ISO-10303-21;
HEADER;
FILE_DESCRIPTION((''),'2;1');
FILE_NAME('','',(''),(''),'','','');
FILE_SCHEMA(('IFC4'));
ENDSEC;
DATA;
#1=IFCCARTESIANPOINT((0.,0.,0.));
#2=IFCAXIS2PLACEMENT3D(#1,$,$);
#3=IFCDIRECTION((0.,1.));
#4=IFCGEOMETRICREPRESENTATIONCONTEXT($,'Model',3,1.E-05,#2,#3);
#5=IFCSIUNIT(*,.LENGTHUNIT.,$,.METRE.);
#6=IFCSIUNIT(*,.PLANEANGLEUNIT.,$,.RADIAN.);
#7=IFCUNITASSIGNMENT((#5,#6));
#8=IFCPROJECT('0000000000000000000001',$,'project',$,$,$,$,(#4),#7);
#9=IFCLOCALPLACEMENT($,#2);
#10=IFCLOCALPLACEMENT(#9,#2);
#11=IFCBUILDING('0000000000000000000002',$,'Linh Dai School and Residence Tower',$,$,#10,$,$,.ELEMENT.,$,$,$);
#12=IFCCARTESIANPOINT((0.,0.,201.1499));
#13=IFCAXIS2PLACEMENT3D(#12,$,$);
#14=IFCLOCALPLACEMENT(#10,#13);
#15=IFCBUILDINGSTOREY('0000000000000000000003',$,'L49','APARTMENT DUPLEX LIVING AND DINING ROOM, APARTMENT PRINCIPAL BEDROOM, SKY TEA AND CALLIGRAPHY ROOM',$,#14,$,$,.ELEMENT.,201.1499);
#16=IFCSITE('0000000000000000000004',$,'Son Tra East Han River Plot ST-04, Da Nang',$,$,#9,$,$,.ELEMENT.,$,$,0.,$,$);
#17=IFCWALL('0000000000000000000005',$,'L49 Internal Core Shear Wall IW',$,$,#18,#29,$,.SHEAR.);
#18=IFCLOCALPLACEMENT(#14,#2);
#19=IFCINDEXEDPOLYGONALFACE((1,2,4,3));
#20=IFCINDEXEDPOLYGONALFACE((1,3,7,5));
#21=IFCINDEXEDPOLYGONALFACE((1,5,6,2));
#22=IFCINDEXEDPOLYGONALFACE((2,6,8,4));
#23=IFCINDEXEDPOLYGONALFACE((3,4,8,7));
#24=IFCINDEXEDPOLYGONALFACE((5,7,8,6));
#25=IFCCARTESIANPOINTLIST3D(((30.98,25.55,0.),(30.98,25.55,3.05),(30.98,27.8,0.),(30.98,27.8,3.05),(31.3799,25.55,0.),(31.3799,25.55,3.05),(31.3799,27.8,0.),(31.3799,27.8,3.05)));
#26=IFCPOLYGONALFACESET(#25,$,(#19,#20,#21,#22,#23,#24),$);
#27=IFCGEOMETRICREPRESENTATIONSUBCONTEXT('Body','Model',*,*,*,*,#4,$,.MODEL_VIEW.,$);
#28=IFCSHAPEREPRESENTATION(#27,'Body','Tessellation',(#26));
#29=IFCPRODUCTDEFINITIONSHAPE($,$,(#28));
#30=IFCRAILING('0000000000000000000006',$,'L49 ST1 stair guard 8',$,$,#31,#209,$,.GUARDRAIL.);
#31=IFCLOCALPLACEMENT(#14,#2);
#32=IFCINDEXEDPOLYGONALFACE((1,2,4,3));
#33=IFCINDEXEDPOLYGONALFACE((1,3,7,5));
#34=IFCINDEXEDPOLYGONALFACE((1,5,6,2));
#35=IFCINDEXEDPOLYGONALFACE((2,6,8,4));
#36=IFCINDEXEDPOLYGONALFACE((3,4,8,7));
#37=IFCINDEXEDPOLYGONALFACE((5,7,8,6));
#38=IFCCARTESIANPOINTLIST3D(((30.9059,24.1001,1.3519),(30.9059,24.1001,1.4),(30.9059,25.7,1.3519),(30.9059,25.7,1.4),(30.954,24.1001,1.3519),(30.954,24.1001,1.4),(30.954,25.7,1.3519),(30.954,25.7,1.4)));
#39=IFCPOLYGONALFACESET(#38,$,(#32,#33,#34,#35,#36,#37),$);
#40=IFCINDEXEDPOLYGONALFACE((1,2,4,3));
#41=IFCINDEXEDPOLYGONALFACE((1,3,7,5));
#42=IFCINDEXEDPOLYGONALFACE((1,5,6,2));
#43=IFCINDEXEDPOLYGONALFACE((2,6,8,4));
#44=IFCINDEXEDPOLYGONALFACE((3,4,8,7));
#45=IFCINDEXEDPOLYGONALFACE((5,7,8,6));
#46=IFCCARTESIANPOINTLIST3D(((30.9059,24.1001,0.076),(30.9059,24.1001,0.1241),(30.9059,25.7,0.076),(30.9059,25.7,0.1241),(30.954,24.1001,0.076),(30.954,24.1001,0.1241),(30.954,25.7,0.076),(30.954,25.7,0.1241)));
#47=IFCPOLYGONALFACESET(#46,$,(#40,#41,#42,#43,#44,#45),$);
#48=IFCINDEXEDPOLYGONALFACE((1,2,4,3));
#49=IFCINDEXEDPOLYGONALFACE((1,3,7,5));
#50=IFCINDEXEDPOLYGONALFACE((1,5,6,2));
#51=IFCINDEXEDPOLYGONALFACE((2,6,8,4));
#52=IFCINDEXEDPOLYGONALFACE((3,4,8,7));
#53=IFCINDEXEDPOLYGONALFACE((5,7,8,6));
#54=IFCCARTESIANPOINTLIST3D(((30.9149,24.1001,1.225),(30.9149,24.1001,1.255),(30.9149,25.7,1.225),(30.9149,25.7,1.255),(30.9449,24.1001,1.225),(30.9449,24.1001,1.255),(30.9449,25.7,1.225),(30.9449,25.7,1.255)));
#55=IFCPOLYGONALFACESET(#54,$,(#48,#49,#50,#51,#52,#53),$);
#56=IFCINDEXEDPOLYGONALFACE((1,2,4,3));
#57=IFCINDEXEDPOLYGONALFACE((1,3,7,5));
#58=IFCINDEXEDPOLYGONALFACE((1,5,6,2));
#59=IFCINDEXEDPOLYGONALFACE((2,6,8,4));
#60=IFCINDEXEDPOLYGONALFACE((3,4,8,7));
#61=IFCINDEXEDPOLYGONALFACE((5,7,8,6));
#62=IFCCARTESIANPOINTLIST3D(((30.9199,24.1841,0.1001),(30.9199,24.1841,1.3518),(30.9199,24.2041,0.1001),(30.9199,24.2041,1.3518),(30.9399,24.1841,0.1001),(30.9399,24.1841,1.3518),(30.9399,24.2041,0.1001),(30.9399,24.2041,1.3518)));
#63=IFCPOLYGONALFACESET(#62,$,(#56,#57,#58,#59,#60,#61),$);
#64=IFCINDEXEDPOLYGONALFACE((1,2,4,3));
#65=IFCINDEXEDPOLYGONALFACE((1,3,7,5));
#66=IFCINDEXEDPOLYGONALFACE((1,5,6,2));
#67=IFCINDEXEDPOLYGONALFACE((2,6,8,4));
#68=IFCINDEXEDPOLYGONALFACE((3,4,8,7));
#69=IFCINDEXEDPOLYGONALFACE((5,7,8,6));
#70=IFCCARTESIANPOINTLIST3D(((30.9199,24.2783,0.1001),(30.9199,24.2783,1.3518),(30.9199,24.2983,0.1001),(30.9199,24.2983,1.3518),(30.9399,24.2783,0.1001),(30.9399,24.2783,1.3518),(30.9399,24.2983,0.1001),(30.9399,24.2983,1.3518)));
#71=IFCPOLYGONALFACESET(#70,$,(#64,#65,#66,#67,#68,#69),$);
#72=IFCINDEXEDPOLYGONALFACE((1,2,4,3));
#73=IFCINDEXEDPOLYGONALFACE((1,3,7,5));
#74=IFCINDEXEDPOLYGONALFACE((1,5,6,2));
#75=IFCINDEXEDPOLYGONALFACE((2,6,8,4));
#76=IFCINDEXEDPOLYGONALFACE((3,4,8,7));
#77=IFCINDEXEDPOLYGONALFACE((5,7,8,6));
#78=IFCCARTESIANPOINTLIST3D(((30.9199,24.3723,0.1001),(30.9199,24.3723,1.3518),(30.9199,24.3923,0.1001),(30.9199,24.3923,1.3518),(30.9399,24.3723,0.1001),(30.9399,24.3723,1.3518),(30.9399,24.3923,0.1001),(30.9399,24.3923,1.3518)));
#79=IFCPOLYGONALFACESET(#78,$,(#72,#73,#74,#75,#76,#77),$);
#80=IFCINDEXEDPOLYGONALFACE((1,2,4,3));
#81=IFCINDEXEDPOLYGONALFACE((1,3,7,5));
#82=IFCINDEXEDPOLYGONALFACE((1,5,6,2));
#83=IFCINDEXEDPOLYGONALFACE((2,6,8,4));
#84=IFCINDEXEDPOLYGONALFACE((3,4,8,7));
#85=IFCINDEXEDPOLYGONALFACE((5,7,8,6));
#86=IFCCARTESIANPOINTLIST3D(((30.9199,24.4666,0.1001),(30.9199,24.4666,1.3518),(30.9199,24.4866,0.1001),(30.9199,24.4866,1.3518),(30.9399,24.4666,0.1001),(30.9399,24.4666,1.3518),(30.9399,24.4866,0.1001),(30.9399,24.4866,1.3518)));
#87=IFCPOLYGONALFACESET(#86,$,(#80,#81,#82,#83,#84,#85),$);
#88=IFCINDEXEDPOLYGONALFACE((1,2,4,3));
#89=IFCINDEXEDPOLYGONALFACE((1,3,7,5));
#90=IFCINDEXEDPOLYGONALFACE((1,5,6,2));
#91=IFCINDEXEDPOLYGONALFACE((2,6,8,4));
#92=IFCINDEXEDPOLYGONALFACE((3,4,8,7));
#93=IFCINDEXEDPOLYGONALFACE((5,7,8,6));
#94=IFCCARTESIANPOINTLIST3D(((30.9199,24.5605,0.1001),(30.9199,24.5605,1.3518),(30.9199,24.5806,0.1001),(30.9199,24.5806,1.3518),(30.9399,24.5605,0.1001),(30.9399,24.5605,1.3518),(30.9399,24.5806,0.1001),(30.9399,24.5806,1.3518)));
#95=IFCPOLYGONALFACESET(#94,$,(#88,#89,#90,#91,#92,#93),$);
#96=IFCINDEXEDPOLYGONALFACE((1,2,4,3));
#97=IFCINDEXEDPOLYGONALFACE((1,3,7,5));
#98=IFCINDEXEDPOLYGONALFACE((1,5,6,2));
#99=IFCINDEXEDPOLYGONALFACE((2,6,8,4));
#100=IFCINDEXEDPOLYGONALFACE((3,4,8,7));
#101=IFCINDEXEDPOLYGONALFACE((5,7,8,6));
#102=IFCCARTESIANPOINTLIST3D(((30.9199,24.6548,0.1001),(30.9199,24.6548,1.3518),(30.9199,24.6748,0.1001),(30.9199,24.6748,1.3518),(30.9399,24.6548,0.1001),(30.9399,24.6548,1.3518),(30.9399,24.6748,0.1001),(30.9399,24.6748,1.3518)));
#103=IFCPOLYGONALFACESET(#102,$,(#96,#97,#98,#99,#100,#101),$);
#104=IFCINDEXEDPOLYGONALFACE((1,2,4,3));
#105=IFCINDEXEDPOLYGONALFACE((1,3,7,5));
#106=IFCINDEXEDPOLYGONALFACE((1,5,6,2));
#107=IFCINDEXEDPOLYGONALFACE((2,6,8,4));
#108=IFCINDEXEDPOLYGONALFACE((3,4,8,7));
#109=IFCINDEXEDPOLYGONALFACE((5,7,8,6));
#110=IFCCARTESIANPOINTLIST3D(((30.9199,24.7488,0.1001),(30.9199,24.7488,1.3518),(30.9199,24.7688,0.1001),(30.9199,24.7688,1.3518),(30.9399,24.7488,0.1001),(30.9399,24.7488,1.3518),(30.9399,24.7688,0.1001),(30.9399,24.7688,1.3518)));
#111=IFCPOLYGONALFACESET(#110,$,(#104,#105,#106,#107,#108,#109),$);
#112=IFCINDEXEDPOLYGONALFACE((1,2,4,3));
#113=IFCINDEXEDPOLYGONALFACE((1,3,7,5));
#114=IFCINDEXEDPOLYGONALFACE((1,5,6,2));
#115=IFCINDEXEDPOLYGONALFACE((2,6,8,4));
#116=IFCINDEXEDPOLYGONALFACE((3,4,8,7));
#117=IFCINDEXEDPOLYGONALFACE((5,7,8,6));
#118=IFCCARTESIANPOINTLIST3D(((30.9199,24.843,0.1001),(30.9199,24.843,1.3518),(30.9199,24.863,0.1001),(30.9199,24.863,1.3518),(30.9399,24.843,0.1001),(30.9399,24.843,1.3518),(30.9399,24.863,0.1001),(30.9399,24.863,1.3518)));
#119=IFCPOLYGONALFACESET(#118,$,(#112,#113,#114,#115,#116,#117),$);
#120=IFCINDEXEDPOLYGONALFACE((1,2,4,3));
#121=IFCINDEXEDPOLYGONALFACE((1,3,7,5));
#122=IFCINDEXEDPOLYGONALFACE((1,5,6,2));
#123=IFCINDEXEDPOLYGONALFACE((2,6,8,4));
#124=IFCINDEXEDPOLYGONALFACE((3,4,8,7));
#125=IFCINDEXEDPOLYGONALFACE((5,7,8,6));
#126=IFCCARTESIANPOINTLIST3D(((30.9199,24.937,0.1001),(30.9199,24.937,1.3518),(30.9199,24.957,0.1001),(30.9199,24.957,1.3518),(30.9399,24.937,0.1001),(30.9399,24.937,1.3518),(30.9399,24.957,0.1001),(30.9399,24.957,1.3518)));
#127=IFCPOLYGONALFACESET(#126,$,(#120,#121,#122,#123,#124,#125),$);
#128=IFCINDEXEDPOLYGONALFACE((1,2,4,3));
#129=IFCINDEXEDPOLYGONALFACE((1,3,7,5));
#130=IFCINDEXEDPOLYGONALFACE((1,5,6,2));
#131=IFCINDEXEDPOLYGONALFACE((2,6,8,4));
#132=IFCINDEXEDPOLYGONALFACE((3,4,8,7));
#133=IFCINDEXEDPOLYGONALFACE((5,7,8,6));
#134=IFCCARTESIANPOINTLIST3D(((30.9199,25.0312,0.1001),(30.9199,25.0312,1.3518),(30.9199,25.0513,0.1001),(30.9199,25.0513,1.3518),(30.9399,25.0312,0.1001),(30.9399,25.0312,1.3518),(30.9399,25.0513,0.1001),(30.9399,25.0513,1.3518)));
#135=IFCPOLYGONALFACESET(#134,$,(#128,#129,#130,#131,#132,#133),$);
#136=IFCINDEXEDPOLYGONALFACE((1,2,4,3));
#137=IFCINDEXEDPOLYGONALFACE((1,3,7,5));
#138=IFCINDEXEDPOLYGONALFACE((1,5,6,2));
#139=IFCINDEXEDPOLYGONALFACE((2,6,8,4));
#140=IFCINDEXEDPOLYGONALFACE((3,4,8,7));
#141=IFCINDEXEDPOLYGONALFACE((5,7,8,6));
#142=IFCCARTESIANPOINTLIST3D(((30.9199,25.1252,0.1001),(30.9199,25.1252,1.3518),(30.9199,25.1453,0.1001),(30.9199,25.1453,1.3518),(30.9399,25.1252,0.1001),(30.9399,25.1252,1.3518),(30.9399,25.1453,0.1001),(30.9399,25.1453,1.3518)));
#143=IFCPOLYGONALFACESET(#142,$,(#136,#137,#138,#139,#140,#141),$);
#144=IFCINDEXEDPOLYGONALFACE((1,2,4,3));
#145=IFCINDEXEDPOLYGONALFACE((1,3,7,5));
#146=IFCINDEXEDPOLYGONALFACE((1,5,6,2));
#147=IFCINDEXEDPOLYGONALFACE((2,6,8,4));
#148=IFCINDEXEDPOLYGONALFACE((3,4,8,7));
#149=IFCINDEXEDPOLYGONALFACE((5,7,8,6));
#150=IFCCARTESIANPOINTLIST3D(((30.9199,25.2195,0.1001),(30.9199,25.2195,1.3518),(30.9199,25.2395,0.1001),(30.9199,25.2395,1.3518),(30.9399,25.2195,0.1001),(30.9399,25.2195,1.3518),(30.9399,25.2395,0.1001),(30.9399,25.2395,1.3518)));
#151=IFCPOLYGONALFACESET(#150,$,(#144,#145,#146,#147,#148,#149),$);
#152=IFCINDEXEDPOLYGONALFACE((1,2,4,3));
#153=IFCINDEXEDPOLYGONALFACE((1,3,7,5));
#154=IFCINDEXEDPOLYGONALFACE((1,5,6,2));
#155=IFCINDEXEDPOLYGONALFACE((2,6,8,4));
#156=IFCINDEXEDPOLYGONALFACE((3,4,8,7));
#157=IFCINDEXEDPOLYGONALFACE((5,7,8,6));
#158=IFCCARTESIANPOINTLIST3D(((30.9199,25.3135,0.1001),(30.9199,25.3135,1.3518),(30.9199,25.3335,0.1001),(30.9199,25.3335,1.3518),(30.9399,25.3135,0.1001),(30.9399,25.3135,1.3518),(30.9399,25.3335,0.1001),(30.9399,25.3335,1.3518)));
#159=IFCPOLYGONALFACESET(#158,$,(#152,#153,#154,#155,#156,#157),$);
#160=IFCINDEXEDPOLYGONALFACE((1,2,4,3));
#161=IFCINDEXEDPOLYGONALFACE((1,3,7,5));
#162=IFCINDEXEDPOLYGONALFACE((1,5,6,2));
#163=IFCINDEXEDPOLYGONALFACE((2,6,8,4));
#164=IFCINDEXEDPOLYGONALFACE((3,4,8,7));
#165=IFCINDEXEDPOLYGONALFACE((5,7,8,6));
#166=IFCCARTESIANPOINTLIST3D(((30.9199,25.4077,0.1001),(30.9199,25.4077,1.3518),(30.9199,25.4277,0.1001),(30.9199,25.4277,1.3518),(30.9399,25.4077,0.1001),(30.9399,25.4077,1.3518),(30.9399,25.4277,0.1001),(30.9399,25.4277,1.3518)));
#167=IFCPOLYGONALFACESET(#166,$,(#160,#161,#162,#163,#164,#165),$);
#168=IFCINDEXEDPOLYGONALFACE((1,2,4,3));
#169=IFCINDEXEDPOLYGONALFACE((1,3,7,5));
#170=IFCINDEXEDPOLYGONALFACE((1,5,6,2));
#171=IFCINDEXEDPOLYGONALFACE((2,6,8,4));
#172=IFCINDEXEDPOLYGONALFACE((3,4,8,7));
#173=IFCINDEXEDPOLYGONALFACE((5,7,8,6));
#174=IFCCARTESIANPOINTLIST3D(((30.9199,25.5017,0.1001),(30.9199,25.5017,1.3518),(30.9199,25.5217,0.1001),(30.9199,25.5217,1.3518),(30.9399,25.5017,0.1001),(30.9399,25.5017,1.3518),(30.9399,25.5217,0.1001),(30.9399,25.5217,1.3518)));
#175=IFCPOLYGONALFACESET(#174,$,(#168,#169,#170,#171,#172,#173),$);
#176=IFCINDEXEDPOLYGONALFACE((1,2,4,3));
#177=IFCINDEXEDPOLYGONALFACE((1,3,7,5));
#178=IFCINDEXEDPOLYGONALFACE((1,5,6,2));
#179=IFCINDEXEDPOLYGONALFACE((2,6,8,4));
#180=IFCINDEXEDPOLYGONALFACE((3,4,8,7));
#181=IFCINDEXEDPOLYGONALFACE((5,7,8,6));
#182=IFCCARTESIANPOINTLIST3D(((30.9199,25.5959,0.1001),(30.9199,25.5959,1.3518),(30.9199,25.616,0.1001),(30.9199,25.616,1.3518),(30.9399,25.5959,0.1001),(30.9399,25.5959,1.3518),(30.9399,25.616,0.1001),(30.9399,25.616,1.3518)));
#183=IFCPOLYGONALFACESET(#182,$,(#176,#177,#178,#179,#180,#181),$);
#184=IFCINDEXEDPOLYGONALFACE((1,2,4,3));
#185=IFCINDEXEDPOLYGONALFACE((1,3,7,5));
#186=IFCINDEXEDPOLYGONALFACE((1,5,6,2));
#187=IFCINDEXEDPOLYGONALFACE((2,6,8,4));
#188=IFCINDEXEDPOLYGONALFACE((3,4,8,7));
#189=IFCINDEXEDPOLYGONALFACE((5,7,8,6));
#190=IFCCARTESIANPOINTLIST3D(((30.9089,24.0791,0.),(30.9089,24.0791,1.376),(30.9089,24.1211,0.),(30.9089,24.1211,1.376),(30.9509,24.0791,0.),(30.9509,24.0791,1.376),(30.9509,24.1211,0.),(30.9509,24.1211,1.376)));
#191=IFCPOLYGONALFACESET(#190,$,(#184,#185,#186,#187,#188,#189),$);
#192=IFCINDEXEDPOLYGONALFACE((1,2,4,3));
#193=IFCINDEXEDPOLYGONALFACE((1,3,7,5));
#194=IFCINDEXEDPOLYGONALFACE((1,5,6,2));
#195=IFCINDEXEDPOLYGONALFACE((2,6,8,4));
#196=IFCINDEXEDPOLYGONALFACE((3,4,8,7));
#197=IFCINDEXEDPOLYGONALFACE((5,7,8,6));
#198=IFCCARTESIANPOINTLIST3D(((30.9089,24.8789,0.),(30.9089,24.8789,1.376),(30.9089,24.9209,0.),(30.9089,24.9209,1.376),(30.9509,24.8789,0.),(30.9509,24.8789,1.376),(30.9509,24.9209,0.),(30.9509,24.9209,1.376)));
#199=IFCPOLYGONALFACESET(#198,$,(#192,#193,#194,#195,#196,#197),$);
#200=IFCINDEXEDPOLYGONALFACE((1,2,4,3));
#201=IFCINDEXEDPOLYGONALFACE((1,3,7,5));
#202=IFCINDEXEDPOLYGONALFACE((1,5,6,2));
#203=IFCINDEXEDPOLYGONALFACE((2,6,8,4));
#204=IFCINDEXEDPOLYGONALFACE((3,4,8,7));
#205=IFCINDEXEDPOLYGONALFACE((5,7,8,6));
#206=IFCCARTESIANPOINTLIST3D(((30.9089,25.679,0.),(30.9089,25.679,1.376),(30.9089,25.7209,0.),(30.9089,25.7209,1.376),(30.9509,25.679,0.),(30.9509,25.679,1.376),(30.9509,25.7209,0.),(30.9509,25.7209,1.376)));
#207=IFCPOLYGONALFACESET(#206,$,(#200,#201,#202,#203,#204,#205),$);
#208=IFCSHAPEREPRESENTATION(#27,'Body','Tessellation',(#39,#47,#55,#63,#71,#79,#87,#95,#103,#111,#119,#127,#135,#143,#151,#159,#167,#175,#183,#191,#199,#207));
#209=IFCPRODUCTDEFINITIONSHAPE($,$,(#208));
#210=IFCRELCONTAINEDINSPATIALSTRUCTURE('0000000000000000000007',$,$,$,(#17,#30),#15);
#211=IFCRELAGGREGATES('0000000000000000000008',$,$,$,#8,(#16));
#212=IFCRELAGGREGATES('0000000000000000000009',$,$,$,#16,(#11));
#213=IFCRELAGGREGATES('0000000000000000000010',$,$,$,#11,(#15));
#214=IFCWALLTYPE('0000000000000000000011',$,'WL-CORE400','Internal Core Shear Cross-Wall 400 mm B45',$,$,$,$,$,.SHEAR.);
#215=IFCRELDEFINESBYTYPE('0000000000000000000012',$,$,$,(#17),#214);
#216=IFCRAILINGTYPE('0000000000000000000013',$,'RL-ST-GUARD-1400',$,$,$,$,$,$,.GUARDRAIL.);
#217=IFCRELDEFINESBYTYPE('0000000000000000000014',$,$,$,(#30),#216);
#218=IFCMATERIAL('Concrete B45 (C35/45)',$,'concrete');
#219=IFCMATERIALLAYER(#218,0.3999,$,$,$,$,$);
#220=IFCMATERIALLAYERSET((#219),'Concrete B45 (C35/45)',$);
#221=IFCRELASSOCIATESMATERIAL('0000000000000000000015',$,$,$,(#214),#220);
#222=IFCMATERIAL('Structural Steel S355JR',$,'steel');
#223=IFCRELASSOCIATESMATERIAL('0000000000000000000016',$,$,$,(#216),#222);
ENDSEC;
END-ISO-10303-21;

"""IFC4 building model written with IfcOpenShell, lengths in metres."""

from ifc_helpers import new_model, si_unit, direction, frame, frame_2d, origin, origin_2d, place, context, subcontext, project, spatial, rectangle, extrude, source, transform, mapped, material, layer, layer_set, type_object, element, save


model = new_model("IFC4")

# Units and contexts
model_context = context("Model", 3, precision=1e-05, world=origin(), true_north=direction((0.0, 1.0)))
body_context = subcontext(model_context, "Body", "Model", "MODEL_VIEW")
ifc_project = project(units=[si_unit("LENGTHUNIT", "METRE"), si_unit("PLANEANGLEUNIT", "RADIAN")], contexts=[model_context])

# Site, building, storey
site_placement = place(None, origin())
site = spatial("IfcSite", under=ifc_project, at=site_placement, Name="Son Tra East Han River Plot ST-04, Da Nang", CompositionType="ELEMENT", RefElevation=0.0)
building_placement = place(site_placement, origin())
building = spatial("IfcBuilding", under=site, at=building_placement, Name="Linh Dai School and Residence Tower", CompositionType="ELEMENT")
storey_placement = place(building_placement, frame((0.0, 0.0, 201.1499)))
storey = spatial("IfcBuildingStorey", under=building, at=storey_placement, Name="L49", Description="APARTMENT DUPLEX LIVING AND DINING ROOM, APARTMENT PRINCIPAL BEDROOM, SKY TEA AND CALLIGRAPHY ROOM", CompositionType="ELEMENT", Elevation=201.1499)

# Shared definitions
ifc_material_1 = material(Name="Structural Steel S355JR", Category="steel")

# Shared definitions
ifc_material_2 = material(Name="Concrete B45 (C35/45)", Category="concrete")

# Wall
ifc_layer_1 = layer(ifc_material_2, 0.3999)
ifc_layer_set_1 = layer_set([ifc_layer_1], Name="Concrete B45 (C35/45)")
wall_type_1 = type_object("IfcWallType", Name="WL-CORE400", Description="Internal Core Shear Cross-Wall 400 mm B45", PredefinedType="SHEAR", material=ifc_layer_set_1)
wall_1_placement = place(storey_placement, frame((31.1799, 25.55, 0.0), z_axis=(0.0, 0.0, 1.0), x_axis=(0.0, 1.0, 0.0)))
element("IfcWall", 1, at=wall_1_placement, inside=storey, type_object=wall_type_1, Name="L49 Internal Core Shear Wall IW", PredefinedType="SHEAR", context=body_context, shape_type="SweptSolid", body=[
    extrude(rectangle(XDim=2.25, YDim=0.3999, at=frame_2d((1.125, 0.0))), origin(), (0.0, 0.0, 1.0), 3.05),
])

# Railing
railing_type = type_object("IfcRailingType", Name="RL-ST-GUARD-1400", PredefinedType="GUARDRAIL", material=ifc_material_1)
shared_shape_1 = source(origin(), body_context, "Body", "SweptSolid", [
    extrude(rectangle(XDim=0.0481, YDim=0.0481, at=origin_2d()), frame((0.0, 0.0, 1.376), z_axis=(0.0, 1.0, 0.0), x_axis=(-1.0, 0.0, 0.0)), (0.0, 0.0, 1.0), 1.5999),
    extrude(rectangle(XDim=0.0481, YDim=0.0481, at=origin_2d()), frame((0.0, 0.0, 0.1001), z_axis=(0.0, 1.0, 0.0), x_axis=(-1.0, 0.0, 0.0)), (0.0, 0.0, 1.0), 1.5999),
    extrude(rectangle(XDim=0.03, YDim=0.03, at=origin_2d()), frame((0.0, 0.0, 1.24), z_axis=(0.0, 1.0, 0.0), x_axis=(-1.0, 0.0, 0.0)), (0.0, 0.0, 1.0), 1.5999),
    extrude(rectangle(XDim=0.02, YDim=0.02, at=origin_2d()), frame((0.0, 0.094, 0.1001)), (0.0, 0.0, 1.0), 1.2517),
    extrude(rectangle(XDim=0.02, YDim=0.02, at=origin_2d()), frame((0.0, 0.1882, 0.1001)), (0.0, 0.0, 1.0), 1.2517),
    extrude(rectangle(XDim=0.02, YDim=0.02, at=origin_2d()), frame((0.0, 0.2822, 0.1001)), (0.0, 0.0, 1.0), 1.2517),
    extrude(rectangle(XDim=0.02, YDim=0.02, at=origin_2d()), frame((0.0, 0.3765, 0.1001)), (0.0, 0.0, 1.0), 1.2517),
    extrude(rectangle(XDim=0.02, YDim=0.02, at=origin_2d()), frame((0.0, 0.4705, 0.1001)), (0.0, 0.0, 1.0), 1.2517),
    extrude(rectangle(XDim=0.02, YDim=0.02, at=origin_2d()), frame((0.0, 0.5647, 0.1001)), (0.0, 0.0, 1.0), 1.2517),
    extrude(rectangle(XDim=0.02, YDim=0.02, at=origin_2d()), frame((0.0, 0.6587, 0.1001)), (0.0, 0.0, 1.0), 1.2517),
    extrude(rectangle(XDim=0.02, YDim=0.02, at=origin_2d()), frame((0.0, 0.7529, 0.1001)), (0.0, 0.0, 1.0), 1.2517),
    extrude(rectangle(XDim=0.02, YDim=0.02, at=origin_2d()), frame((0.0, 0.8469, 0.1001)), (0.0, 0.0, 1.0), 1.2517),
    extrude(rectangle(XDim=0.02, YDim=0.02, at=origin_2d()), frame((0.0, 0.9412, 0.1001)), (0.0, 0.0, 1.0), 1.2517),
    extrude(rectangle(XDim=0.02, YDim=0.02, at=origin_2d()), frame((0.0, 1.0352, 0.1001)), (0.0, 0.0, 1.0), 1.2517),
    extrude(rectangle(XDim=0.02, YDim=0.02, at=origin_2d()), frame((0.0, 1.1294, 0.1001)), (0.0, 0.0, 1.0), 1.2517),
    extrude(rectangle(XDim=0.02, YDim=0.02, at=origin_2d()), frame((0.0, 1.2234, 0.1001)), (0.0, 0.0, 1.0), 1.2517),
    extrude(rectangle(XDim=0.02, YDim=0.02, at=origin_2d()), frame((0.0, 1.3176, 0.1001)), (0.0, 0.0, 1.0), 1.2517),
    extrude(rectangle(XDim=0.02, YDim=0.02, at=origin_2d()), frame((0.0, 1.4116, 0.1001)), (0.0, 0.0, 1.0), 1.2517),
    extrude(rectangle(XDim=0.02, YDim=0.02, at=origin_2d()), frame((0.0, 1.5059, 0.1001)), (0.0, 0.0, 1.0), 1.2517),
    extrude(rectangle(XDim=0.042, YDim=0.042, at=origin_2d()), origin(), (0.0, 0.0, 1.0), 1.376),
    extrude(rectangle(XDim=0.042, YDim=0.042, at=origin_2d()), frame((0.0, 0.7998, 0.0)), (0.0, 0.0, 1.0), 1.376),
    extrude(rectangle(XDim=0.042, YDim=0.042, at=origin_2d()), frame((0.0, 1.5999, 0.0)), (0.0, 0.0, 1.0), 1.376),
])
for number, where, name in (
    (2, (30.9299, 24.1001, 0.0), "L49 ST1 stair guard 8"),
):
    element("IfcRailing", number, at=place(storey_placement, frame(where)), inside=storey, type_object=railing_type, Name=name, PredefinedType="GUARDRAIL", context=body_context, shape_type="MappedRepresentation", body=[
        mapped(shared_shape_1, transform((0.0, 0.0, 0.0), x_axis=(1.0, 0.0, 0.0), y_axis=(0.0, 1.0, 0.0), z_axis=(0.0, 0.0, 1.0), scale=1.0)),
    ])

save(model, "model.ifc")
